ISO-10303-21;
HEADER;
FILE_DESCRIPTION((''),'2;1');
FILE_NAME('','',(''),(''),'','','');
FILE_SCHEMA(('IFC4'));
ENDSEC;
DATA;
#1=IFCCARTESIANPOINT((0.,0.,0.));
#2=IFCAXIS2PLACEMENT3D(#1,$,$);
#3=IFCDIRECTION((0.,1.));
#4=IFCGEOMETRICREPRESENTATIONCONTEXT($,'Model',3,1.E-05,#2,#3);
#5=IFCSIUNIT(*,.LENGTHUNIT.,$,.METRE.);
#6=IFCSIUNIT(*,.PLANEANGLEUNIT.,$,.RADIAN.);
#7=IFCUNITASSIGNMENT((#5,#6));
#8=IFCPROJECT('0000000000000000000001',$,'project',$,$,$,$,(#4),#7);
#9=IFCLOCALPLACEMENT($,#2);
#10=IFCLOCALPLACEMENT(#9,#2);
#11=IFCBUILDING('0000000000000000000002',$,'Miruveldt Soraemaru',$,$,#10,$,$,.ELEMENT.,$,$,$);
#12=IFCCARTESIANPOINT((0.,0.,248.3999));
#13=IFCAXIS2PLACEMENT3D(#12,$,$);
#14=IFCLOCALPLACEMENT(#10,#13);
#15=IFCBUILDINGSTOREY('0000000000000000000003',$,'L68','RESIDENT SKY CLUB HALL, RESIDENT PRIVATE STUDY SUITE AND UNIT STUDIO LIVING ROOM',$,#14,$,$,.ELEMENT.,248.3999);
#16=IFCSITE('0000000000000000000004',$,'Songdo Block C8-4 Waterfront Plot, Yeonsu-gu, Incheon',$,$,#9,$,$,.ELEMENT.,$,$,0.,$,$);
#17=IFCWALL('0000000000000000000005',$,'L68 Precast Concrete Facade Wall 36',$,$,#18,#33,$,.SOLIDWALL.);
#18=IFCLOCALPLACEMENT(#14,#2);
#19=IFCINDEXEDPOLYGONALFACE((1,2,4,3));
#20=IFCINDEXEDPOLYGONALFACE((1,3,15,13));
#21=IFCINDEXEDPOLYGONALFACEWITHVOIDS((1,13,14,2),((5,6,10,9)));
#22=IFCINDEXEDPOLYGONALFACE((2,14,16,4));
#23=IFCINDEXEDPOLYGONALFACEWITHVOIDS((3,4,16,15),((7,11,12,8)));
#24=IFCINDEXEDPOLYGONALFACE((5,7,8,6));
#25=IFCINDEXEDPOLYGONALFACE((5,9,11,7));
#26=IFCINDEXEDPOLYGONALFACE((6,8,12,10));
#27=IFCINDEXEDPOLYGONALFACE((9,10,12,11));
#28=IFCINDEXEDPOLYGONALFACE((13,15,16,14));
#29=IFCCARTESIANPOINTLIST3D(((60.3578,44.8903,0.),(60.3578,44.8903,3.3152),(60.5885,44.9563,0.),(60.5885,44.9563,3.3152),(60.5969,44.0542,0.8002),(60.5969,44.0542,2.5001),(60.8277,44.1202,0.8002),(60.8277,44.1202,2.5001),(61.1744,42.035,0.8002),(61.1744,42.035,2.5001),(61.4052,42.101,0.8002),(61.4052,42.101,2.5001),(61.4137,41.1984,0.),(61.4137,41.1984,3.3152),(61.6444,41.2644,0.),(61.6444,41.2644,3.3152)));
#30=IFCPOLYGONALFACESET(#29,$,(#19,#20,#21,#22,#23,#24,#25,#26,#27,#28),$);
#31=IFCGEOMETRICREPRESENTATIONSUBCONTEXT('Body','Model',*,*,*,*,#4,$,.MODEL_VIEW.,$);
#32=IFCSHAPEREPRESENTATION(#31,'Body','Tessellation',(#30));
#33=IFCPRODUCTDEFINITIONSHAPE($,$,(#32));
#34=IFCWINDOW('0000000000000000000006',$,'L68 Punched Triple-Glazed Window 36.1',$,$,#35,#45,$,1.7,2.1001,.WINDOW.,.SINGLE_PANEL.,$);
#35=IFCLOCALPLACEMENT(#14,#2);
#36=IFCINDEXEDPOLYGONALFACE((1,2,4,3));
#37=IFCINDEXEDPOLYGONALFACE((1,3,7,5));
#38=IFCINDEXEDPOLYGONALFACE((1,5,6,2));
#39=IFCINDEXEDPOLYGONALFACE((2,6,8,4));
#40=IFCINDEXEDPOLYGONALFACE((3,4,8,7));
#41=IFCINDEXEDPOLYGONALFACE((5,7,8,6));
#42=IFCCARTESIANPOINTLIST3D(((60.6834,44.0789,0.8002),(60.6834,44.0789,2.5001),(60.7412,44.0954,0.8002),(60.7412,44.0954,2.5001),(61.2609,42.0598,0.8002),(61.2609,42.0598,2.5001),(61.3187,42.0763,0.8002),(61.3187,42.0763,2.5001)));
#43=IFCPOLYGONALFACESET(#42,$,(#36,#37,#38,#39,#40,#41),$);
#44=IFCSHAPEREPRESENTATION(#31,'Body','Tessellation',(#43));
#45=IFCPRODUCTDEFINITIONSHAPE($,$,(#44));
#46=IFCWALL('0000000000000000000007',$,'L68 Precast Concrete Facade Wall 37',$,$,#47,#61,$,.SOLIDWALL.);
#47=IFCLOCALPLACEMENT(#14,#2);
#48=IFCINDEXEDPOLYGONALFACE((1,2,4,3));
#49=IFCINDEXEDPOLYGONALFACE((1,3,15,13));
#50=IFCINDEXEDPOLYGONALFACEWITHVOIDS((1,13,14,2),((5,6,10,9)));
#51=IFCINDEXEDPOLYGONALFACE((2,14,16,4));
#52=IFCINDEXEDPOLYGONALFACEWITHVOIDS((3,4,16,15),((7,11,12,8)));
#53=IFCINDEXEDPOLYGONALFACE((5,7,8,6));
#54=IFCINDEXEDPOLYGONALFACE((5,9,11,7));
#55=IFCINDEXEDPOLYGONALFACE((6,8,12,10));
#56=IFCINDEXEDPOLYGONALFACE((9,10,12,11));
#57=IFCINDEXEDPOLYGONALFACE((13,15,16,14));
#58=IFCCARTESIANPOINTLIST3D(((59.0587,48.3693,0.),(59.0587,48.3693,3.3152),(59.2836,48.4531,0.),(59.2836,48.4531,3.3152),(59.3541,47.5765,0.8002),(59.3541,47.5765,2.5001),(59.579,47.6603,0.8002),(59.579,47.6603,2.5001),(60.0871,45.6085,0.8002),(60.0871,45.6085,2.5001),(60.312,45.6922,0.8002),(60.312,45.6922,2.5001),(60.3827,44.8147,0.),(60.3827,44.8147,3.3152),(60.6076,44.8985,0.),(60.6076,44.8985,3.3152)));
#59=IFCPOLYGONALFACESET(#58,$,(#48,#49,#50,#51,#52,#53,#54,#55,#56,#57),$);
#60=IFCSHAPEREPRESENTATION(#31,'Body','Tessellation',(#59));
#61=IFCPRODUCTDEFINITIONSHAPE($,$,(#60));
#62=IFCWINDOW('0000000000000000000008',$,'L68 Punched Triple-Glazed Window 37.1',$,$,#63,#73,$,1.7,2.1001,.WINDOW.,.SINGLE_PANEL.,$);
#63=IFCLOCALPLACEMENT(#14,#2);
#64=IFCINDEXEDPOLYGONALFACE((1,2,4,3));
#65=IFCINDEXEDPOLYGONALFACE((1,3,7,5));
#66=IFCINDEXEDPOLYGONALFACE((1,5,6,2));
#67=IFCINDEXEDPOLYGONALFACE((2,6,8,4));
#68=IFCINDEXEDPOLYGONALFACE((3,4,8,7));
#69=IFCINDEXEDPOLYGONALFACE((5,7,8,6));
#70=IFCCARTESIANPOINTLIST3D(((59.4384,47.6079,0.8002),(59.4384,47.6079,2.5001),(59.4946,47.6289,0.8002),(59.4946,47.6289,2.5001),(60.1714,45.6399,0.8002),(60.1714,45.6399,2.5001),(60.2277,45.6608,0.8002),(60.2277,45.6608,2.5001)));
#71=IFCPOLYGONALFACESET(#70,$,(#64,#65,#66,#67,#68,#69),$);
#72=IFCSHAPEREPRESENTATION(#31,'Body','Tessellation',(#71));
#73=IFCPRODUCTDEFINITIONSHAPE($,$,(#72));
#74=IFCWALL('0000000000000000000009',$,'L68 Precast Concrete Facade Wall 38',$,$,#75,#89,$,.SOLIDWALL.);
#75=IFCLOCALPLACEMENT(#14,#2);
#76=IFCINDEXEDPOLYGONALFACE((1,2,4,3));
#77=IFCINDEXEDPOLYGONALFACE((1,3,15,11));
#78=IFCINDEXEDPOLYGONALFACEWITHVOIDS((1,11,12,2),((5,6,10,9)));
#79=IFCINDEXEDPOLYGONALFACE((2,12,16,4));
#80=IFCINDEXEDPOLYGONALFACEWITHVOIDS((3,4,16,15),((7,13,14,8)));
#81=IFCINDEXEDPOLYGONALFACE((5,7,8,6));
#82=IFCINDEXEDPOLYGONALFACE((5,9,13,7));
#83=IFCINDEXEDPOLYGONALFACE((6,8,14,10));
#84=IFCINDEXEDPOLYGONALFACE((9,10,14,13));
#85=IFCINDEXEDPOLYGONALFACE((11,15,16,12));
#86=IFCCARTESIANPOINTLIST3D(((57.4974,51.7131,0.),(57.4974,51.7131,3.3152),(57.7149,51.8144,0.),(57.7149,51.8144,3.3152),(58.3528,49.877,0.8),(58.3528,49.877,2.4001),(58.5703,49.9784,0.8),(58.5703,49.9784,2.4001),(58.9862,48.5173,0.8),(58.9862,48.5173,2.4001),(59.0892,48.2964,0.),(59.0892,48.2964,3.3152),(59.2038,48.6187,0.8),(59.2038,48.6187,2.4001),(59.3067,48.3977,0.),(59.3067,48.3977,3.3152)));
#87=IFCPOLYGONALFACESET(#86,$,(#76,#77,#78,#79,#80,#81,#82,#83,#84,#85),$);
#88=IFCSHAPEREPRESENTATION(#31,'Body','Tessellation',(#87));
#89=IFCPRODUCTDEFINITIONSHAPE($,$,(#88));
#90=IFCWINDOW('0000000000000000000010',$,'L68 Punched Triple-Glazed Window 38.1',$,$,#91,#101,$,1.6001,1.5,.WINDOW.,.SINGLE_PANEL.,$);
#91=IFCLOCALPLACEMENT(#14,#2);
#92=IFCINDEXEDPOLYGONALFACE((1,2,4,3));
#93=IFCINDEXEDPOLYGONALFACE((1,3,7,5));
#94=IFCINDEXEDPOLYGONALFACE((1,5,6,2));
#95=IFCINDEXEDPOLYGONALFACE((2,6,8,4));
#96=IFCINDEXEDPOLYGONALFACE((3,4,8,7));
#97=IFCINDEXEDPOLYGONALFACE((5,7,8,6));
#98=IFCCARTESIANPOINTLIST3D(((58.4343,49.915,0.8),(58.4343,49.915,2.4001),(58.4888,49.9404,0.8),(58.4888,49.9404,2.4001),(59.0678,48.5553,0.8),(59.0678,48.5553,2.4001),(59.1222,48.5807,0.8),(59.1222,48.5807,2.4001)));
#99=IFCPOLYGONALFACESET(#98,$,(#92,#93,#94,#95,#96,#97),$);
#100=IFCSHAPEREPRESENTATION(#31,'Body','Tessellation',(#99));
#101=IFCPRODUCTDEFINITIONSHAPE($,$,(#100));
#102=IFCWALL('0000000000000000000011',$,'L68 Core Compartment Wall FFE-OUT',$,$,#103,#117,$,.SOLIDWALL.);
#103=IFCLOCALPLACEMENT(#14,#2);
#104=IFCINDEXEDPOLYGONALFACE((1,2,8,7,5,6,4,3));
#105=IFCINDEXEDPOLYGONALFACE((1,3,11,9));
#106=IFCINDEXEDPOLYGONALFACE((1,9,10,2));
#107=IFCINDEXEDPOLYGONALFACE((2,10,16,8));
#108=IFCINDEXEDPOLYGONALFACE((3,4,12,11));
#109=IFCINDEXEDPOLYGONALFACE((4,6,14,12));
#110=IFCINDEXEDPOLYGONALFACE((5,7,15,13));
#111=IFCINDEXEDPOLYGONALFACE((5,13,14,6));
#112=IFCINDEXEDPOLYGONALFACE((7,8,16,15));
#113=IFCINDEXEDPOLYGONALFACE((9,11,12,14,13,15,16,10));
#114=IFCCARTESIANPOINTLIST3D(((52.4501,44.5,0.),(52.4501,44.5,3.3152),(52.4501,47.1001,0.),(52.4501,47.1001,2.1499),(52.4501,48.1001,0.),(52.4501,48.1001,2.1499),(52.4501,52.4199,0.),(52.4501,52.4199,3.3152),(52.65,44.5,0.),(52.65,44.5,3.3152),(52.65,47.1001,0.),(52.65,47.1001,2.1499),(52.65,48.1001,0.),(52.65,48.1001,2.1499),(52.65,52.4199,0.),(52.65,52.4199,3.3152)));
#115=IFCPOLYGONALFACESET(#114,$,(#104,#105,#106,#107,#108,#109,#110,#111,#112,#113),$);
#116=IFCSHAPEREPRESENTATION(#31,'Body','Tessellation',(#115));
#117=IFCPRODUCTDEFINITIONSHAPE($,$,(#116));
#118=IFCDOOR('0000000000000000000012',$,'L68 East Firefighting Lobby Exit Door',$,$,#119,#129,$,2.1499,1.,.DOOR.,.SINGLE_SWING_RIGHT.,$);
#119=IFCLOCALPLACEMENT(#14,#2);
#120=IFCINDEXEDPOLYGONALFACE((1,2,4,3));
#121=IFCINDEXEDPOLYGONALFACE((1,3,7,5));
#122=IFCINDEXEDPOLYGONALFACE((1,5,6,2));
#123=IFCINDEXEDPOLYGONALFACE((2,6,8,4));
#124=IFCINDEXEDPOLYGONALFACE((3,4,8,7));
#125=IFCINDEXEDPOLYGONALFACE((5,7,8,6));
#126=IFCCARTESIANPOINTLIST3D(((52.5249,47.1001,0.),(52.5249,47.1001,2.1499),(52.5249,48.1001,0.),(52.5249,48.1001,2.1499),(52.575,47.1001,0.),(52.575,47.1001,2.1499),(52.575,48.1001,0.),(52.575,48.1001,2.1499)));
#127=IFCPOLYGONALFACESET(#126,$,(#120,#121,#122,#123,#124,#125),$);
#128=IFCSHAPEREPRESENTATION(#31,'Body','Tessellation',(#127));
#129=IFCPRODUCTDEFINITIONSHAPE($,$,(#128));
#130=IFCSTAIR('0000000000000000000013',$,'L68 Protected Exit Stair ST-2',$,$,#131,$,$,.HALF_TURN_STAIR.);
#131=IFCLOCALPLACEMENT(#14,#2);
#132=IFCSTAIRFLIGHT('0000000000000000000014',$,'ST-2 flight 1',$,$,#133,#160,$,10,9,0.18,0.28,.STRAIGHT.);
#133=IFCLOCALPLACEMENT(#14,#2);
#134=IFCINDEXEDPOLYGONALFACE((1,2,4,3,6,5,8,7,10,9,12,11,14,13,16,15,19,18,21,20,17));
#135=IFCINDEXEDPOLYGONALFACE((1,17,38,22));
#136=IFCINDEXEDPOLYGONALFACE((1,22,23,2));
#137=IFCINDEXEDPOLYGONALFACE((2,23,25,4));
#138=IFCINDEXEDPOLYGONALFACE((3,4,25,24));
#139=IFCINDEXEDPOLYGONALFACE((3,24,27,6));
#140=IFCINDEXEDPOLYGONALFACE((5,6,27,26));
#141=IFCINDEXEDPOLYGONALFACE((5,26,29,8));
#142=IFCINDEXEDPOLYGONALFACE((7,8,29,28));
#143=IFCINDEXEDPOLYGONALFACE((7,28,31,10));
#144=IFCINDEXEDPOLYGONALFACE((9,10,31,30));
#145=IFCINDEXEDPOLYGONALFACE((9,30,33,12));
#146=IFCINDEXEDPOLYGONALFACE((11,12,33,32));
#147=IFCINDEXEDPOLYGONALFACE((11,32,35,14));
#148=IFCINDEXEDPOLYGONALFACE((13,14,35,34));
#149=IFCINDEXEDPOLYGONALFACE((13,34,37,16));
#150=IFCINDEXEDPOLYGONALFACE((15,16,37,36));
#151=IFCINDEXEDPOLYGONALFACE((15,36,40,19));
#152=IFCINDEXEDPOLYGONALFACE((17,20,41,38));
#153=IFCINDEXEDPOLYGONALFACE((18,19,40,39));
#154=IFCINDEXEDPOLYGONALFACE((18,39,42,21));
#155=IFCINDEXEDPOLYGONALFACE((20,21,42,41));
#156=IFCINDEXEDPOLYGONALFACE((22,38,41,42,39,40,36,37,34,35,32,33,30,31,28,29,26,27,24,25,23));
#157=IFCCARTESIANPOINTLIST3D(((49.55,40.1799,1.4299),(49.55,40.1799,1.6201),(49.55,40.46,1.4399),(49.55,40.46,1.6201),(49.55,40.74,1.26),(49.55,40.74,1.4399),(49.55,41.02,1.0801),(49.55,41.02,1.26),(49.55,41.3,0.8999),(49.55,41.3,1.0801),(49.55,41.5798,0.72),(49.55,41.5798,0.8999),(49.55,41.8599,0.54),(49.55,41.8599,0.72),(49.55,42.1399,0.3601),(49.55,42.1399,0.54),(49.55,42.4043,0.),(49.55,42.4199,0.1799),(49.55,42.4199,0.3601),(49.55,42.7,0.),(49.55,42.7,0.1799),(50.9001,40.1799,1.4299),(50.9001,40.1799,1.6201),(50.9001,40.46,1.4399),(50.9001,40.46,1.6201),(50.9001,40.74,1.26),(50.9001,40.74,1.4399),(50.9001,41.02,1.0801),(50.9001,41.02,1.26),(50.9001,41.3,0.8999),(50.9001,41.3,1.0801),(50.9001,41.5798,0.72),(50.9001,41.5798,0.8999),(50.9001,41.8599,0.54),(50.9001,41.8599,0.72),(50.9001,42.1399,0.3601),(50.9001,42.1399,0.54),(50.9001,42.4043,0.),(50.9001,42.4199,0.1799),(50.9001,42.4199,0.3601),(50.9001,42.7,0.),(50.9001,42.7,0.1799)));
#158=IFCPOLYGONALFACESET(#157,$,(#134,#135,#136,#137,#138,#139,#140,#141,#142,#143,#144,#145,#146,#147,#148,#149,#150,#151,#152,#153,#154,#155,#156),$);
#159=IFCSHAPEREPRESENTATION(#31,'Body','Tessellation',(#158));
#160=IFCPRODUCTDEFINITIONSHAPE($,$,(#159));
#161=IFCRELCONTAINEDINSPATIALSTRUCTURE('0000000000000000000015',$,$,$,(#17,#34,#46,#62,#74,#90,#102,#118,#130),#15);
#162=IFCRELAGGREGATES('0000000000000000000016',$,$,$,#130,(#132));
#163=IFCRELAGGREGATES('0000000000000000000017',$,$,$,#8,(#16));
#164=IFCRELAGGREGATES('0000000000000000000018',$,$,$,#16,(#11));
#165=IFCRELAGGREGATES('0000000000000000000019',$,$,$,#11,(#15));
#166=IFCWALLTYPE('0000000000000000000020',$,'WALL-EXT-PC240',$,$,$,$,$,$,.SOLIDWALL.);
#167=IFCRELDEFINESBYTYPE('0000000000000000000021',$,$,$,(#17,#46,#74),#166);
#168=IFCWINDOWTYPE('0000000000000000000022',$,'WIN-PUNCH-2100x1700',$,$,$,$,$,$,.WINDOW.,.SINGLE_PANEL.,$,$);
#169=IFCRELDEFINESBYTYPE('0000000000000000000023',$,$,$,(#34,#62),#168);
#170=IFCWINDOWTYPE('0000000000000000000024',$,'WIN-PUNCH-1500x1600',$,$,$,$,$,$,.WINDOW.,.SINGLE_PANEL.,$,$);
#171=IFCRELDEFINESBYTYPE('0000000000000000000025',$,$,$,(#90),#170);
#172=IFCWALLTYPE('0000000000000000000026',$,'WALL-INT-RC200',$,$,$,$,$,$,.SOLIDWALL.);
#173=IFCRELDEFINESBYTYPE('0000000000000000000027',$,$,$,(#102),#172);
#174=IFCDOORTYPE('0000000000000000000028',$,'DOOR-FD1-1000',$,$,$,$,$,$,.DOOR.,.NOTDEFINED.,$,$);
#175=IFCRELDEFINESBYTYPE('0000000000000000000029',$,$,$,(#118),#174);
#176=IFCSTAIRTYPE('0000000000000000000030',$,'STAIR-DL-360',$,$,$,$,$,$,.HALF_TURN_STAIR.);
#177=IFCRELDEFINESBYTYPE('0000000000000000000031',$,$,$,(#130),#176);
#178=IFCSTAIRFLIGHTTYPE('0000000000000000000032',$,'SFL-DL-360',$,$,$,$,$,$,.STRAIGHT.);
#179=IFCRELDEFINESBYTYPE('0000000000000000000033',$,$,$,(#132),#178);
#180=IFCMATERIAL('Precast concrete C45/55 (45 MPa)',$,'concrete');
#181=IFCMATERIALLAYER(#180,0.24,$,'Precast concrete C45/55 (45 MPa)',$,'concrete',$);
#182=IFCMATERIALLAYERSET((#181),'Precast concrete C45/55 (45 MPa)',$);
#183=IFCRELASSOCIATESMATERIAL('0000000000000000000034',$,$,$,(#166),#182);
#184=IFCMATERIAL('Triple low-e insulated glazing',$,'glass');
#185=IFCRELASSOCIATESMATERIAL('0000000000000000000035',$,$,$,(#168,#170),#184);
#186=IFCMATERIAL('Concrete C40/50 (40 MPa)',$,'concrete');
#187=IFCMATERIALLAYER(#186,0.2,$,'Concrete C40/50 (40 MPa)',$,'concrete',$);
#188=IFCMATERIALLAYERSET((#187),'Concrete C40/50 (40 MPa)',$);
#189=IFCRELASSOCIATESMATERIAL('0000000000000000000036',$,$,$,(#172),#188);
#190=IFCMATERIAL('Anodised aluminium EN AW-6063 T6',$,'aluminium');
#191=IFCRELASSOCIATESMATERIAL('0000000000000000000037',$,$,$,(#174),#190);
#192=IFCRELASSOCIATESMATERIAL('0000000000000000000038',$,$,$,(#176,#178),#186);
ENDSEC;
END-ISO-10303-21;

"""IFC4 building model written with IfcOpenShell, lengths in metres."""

from ifc_helpers import new_model, si_unit, direction, frame, frame_2d, origin, place, context, subcontext, project, spatial, polyline, rectangle, outline, extrude, material, layer, layer_set, type_object, element, fill, aggregate, save


model = new_model("IFC4")

# Units and contexts
model_context = context("Model", 3, precision=1e-05, world=origin(), true_north=direction((0.0, 1.0)))
body_context = subcontext(model_context, "Body", "Model", "MODEL_VIEW")
ifc_project = project(units=[si_unit("LENGTHUNIT", "METRE"), si_unit("PLANEANGLEUNIT", "RADIAN")], contexts=[model_context])

# Site, building, storey
site_placement = place(None, origin())
site = spatial("IfcSite", under=ifc_project, at=site_placement, Name="Songdo Block C8-4 Waterfront Plot, Yeonsu-gu, Incheon", CompositionType="ELEMENT", RefElevation=0.0)
building_placement = place(site_placement, origin())
building = spatial("IfcBuilding", under=site, at=building_placement, Name="Miruveldt Soraemaru", CompositionType="ELEMENT")
storey_placement = place(building_placement, frame((0.0, 0.0, 248.3999)))
storey = spatial("IfcBuildingStorey", under=building, at=storey_placement, Name="L68", Description="RESIDENT SKY CLUB HALL, RESIDENT PRIVATE STUDY SUITE AND UNIT STUDIO LIVING ROOM", CompositionType="ELEMENT", Elevation=248.3999)

# Walls, openings, windows
ifc_material_1 = material(Name="Precast concrete C45/55 (45 MPa)", Category="concrete")
ifc_layer_1 = layer(ifc_material_1, 0.24, Name="Precast concrete C45/55 (45 MPa)", Category="concrete")
ifc_layer_set_1 = layer_set([ifc_layer_1], Name="Precast concrete C45/55 (45 MPa)")
wall_type_1 = type_object("IfcWallType", Name="WALL-EXT-PC240", PredefinedType="SOLIDWALL", material=ifc_layer_set_1)
wall_1_placement = place(storey_placement, frame((61.5291, 41.2314, 0.0), z_axis=(0.0, 0.0, 1.0), x_axis=(-0.274981, 0.96145, 0.0)))
wall_1 = element("IfcWall", 1, at=wall_1_placement, inside=storey, type_object=wall_type_1, Name="L68 Precast Concrete Facade Wall 36", PredefinedType="SOLIDWALL", context=body_context, shape_type="SweptSolid", body=[
    extrude(rectangle(XDim=3.8398, YDim=0.24, at=frame_2d((1.9199, 0.0))), origin(), (0.0, 0.0, 1.0), 3.3152),
])
opening_1_placement = place(wall_1_placement, frame((0.8701, 0.0, 0.8)))
opening_1 = element("IfcOpeningElement", 2, at=opening_1_placement, cuts=wall_1, PredefinedType="OPENING", context=body_context, shape_type="SweptSolid", body=[
    extrude(rectangle(XDim=2.1001, YDim=1.7, at=frame_2d((1.05, 0.8501))), frame((0.0, 0.1299, 0.0), z_axis=(0.0, -1.0, 0.0), x_axis=(1.0, 0.0, 0.0)), (0.0, 0.0, 1.0), 0.26),
])
ifc_material_2 = material(Name="Triple low-e insulated glazing", Category="glass")
window_type_1 = type_object("IfcWindowType", Name="WIN-PUNCH-2100x1700", PartitioningType="SINGLE_PANEL", PredefinedType="WINDOW", material=ifc_material_2)
window_1_placement = place(opening_1_placement, origin())
window_1 = element("IfcWindow", 3, at=window_1_placement, inside=storey, type_object=window_type_1, Name="L68 Punched Triple-Glazed Window 36.1", OverallHeight=1.7, OverallWidth=2.1001, PartitioningType="SINGLE_PANEL", PredefinedType="WINDOW", context=body_context, shape_type="SweptSolid", body=[
    extrude(rectangle(XDim=2.1001, YDim=1.7, at=frame_2d((1.05, 0.8501))), frame((0.0, 0.03, 0.0), z_axis=(0.0, -1.0, 0.0), x_axis=(1.0, 0.0, 0.0)), (0.0, 0.0, 1.0), 0.0601),
])
fill(opening_1, window_1)
wall_2_placement = place(storey_placement, frame((60.4951, 44.8567, 0.0), z_axis=(0.0, 0.0, 1.0), x_axis=(-0.349035, 0.93711, 0.0)))
wall_2 = element("IfcWall", 4, at=wall_2_placement, inside=storey, type_object=wall_type_1, Name="L68 Precast Concrete Facade Wall 37", PredefinedType="SOLIDWALL", context=body_context, shape_type="SweptSolid", body=[
    extrude(rectangle(XDim=3.7932, YDim=0.24, at=frame_2d((1.8965, 0.0))), origin(), (0.0, 0.0, 1.0), 3.3152),
])
opening_2_placement = place(wall_2_placement, frame((0.8469, 0.0, 0.8)))
opening_2 = element("IfcOpeningElement", 5, at=opening_2_placement, cuts=wall_2, PredefinedType="OPENING", context=body_context, shape_type="SweptSolid", body=[
    extrude(rectangle(XDim=2.1001, YDim=1.7, at=frame_2d((1.05, 0.8501))), frame((0.0, 0.1299, 0.0), z_axis=(0.0, -1.0, 0.0), x_axis=(1.0, 0.0, 0.0)), (0.0, 0.0, 1.0), 0.26),
])
window_2_placement = place(opening_2_placement, origin())
window_2 = element("IfcWindow", 6, at=window_2_placement, inside=storey, type_object=window_type_1, Name="L68 Punched Triple-Glazed Window 37.1", OverallHeight=1.7, OverallWidth=2.1001, PartitioningType="SINGLE_PANEL", PredefinedType="WINDOW", context=body_context, shape_type="SweptSolid", body=[
    extrude(rectangle(XDim=2.1001, YDim=1.7, at=frame_2d((1.05, 0.8501))), frame((0.0, 0.03, 0.0), z_axis=(0.0, -1.0, 0.0), x_axis=(1.0, 0.0, 0.0)), (0.0, 0.0, 1.0), 0.0601),
])
fill(opening_2, window_2)
wall_3_placement = place(storey_placement, frame((59.198, 48.3469, 0.0), z_axis=(0.0, 0.0, 1.0), x_axis=(-0.4223, 0.906456, 0.0)))
wall_3 = element("IfcWall", 7, at=wall_3_placement, inside=storey, type_object=wall_type_1, Name="L68 Precast Concrete Facade Wall 38", PredefinedType="SOLIDWALL", context=body_context, shape_type="SweptSolid", body=[
    extrude(rectangle(XDim=3.7693, YDim=0.24, at=frame_2d((1.8848, 0.0))), origin(), (0.0, 0.0, 1.0), 3.3152),
])
opening_3_placement = place(wall_3_placement, frame((0.2439, 0.0, 0.8)))
opening_3 = element("IfcOpeningElement", 8, at=opening_3_placement, cuts=wall_3, PredefinedType="OPENING", context=body_context, shape_type="SweptSolid", body=[
    extrude(rectangle(XDim=1.5, YDim=1.6001, at=frame_2d((0.75, 0.8))), frame((0.0, 0.1299, 0.0), z_axis=(0.0, -1.0, 0.0), x_axis=(1.0, 0.0, 0.0)), (0.0, 0.0, 1.0), 0.26),
])
window_type_2 = type_object("IfcWindowType", Name="WIN-PUNCH-1500x1600", PartitioningType="SINGLE_PANEL", PredefinedType="WINDOW", material=ifc_material_2)
window_3_placement = place(opening_3_placement, origin())
window_3 = element("IfcWindow", 9, at=window_3_placement, inside=storey, type_object=window_type_2, Name="L68 Punched Triple-Glazed Window 38.1", OverallHeight=1.6001, OverallWidth=1.5, PartitioningType="SINGLE_PANEL", PredefinedType="WINDOW", context=body_context, shape_type="SweptSolid", body=[
    extrude(rectangle(XDim=1.5, YDim=1.6001, at=frame_2d((0.75, 0.8))), frame((0.0, 0.03, 0.0), z_axis=(0.0, -1.0, 0.0), x_axis=(1.0, 0.0, 0.0)), (0.0, 0.0, 1.0), 0.0601),
])
fill(opening_3, window_3)

# Wall, opening, door
ifc_material_3 = material(Name="Concrete C40/50 (40 MPa)", Category="concrete")
ifc_layer_2 = layer(ifc_material_3, 0.2, Name="Concrete C40/50 (40 MPa)", Category="concrete")
ifc_layer_set_2 = layer_set([ifc_layer_2], Name="Concrete C40/50 (40 MPa)")
wall_type_2 = type_object("IfcWallType", Name="WALL-INT-RC200", PredefinedType="SOLIDWALL", material=ifc_layer_set_2)
wall_4_placement = place(storey_placement, frame((52.55, 44.5, 0.0), z_axis=(0.0, 0.0, 1.0), x_axis=(0.0, 1.0, 0.0)))
wall_4 = element("IfcWall", 10, at=wall_4_placement, inside=storey, type_object=wall_type_2, Name="L68 Core Compartment Wall FFE-OUT", PredefinedType="SOLIDWALL", context=body_context, shape_type="SweptSolid", body=[
    extrude(rectangle(XDim=7.9199, YDim=0.2, at=frame_2d((3.96, 0.0))), origin(), (0.0, 0.0, 1.0), 3.3152),
])
opening_4_placement = place(wall_4_placement, frame((2.6001, 0.0, 0.0)))
opening_4 = element("IfcOpeningElement", 11, at=opening_4_placement, cuts=wall_4, PredefinedType="OPENING", context=body_context, shape_type="SweptSolid", body=[
    extrude(rectangle(XDim=1.0, YDim=2.1499, at=frame_2d((0.5, 1.075))), frame((0.0, 0.1099, 0.0), z_axis=(0.0, -1.0, 0.0), x_axis=(1.0, 0.0, 0.0)), (0.0, 0.0, 1.0), 0.22),
])
ifc_material_4 = material(Name="Anodised aluminium EN AW-6063 T6", Category="aluminium")
door_type = type_object("IfcDoorType", Name="DOOR-FD1-1000", OperationType="NOTDEFINED", PredefinedType="DOOR", material=ifc_material_4)
door_1_placement = place(opening_4_placement, frame((1.0, 0.0, 0.0), z_axis=(0.0, 0.0, 1.0), x_axis=(-1.0, 0.0, 0.0)))
door_1 = element("IfcDoor", 12, at=door_1_placement, inside=storey, type_object=door_type, Name="L68 East Firefighting Lobby Exit Door", OperationType="SINGLE_SWING_RIGHT", OverallHeight=2.1499, OverallWidth=1.0, PredefinedType="DOOR", context=body_context, shape_type="SweptSolid", body=[
    extrude(rectangle(XDim=1.0, YDim=2.1499, at=frame_2d((0.5, 1.075))), frame((0.0, 0.0249, 0.0), z_axis=(0.0, -1.0, 0.0), x_axis=(1.0, 0.0, 0.0)), (0.0, 0.0, 1.0), 0.05),
])
fill(opening_4, door_1)

# Stair, stair flight
stair_type = type_object("IfcStairType", Name="STAIR-DL-360", PredefinedType="HALF_TURN_STAIR", material=ifc_material_3)
stair_placement = place(storey_placement, origin())
stair = element("IfcStair", 13, at=stair_placement, inside=storey, type_object=stair_type, Name="L68 Protected Exit Stair ST-2", PredefinedType="HALF_TURN_STAIR")
stair_flight_type = type_object("IfcStairFlightType", Name="SFL-DL-360", PredefinedType="STRAIGHT", material=ifc_material_3)
stair_flight_1_placement = place(storey_placement, frame((50.2251, 42.7, 0.0), z_axis=(0.0, 0.0, 1.0), x_axis=(0.0, -1.0, 0.0)))
stair_flight_1 = element("IfcStairFlight", 14, at=stair_flight_1_placement, type_object=stair_flight_type, Name="ST-2 flight 1", NumberOfRisers=10, NumberOfTreads=9, PredefinedType="STRAIGHT", RiserHeight=0.18, TreadLength=0.28, context=body_context, shape_type="SweptSolid", body=[
    extrude(outline(polyline([(0.0, 0.0), (0.0, 0.1799), (0.28, 0.1799), (0.28, 0.3601), (0.5601, 0.3601), (0.5601, 0.54), (0.8401, 0.54), (0.8401, 0.72), (1.1201, 0.72), (1.1201, 0.8999), (1.3999, 0.8999), (1.3999, 1.0801), (1.6799, 1.0801), (1.6799, 1.26), (1.96, 1.26), (1.96, 1.4399), (2.24, 1.4399), (2.24, 1.6201), (2.52, 1.6201), (2.52, 1.8), (2.52, 1.4299), (0.2957, 0.0), (0.0, 0.0)])), frame((0.0, 0.675, 0.0), z_axis=(0.0, -1.0, 0.0), x_axis=(1.0, 0.0, 0.0)), (0.0, 0.0, 1.0), 1.3501),
])
aggregate(stair, [stair_flight_1])

save(model, "model.ifc")
